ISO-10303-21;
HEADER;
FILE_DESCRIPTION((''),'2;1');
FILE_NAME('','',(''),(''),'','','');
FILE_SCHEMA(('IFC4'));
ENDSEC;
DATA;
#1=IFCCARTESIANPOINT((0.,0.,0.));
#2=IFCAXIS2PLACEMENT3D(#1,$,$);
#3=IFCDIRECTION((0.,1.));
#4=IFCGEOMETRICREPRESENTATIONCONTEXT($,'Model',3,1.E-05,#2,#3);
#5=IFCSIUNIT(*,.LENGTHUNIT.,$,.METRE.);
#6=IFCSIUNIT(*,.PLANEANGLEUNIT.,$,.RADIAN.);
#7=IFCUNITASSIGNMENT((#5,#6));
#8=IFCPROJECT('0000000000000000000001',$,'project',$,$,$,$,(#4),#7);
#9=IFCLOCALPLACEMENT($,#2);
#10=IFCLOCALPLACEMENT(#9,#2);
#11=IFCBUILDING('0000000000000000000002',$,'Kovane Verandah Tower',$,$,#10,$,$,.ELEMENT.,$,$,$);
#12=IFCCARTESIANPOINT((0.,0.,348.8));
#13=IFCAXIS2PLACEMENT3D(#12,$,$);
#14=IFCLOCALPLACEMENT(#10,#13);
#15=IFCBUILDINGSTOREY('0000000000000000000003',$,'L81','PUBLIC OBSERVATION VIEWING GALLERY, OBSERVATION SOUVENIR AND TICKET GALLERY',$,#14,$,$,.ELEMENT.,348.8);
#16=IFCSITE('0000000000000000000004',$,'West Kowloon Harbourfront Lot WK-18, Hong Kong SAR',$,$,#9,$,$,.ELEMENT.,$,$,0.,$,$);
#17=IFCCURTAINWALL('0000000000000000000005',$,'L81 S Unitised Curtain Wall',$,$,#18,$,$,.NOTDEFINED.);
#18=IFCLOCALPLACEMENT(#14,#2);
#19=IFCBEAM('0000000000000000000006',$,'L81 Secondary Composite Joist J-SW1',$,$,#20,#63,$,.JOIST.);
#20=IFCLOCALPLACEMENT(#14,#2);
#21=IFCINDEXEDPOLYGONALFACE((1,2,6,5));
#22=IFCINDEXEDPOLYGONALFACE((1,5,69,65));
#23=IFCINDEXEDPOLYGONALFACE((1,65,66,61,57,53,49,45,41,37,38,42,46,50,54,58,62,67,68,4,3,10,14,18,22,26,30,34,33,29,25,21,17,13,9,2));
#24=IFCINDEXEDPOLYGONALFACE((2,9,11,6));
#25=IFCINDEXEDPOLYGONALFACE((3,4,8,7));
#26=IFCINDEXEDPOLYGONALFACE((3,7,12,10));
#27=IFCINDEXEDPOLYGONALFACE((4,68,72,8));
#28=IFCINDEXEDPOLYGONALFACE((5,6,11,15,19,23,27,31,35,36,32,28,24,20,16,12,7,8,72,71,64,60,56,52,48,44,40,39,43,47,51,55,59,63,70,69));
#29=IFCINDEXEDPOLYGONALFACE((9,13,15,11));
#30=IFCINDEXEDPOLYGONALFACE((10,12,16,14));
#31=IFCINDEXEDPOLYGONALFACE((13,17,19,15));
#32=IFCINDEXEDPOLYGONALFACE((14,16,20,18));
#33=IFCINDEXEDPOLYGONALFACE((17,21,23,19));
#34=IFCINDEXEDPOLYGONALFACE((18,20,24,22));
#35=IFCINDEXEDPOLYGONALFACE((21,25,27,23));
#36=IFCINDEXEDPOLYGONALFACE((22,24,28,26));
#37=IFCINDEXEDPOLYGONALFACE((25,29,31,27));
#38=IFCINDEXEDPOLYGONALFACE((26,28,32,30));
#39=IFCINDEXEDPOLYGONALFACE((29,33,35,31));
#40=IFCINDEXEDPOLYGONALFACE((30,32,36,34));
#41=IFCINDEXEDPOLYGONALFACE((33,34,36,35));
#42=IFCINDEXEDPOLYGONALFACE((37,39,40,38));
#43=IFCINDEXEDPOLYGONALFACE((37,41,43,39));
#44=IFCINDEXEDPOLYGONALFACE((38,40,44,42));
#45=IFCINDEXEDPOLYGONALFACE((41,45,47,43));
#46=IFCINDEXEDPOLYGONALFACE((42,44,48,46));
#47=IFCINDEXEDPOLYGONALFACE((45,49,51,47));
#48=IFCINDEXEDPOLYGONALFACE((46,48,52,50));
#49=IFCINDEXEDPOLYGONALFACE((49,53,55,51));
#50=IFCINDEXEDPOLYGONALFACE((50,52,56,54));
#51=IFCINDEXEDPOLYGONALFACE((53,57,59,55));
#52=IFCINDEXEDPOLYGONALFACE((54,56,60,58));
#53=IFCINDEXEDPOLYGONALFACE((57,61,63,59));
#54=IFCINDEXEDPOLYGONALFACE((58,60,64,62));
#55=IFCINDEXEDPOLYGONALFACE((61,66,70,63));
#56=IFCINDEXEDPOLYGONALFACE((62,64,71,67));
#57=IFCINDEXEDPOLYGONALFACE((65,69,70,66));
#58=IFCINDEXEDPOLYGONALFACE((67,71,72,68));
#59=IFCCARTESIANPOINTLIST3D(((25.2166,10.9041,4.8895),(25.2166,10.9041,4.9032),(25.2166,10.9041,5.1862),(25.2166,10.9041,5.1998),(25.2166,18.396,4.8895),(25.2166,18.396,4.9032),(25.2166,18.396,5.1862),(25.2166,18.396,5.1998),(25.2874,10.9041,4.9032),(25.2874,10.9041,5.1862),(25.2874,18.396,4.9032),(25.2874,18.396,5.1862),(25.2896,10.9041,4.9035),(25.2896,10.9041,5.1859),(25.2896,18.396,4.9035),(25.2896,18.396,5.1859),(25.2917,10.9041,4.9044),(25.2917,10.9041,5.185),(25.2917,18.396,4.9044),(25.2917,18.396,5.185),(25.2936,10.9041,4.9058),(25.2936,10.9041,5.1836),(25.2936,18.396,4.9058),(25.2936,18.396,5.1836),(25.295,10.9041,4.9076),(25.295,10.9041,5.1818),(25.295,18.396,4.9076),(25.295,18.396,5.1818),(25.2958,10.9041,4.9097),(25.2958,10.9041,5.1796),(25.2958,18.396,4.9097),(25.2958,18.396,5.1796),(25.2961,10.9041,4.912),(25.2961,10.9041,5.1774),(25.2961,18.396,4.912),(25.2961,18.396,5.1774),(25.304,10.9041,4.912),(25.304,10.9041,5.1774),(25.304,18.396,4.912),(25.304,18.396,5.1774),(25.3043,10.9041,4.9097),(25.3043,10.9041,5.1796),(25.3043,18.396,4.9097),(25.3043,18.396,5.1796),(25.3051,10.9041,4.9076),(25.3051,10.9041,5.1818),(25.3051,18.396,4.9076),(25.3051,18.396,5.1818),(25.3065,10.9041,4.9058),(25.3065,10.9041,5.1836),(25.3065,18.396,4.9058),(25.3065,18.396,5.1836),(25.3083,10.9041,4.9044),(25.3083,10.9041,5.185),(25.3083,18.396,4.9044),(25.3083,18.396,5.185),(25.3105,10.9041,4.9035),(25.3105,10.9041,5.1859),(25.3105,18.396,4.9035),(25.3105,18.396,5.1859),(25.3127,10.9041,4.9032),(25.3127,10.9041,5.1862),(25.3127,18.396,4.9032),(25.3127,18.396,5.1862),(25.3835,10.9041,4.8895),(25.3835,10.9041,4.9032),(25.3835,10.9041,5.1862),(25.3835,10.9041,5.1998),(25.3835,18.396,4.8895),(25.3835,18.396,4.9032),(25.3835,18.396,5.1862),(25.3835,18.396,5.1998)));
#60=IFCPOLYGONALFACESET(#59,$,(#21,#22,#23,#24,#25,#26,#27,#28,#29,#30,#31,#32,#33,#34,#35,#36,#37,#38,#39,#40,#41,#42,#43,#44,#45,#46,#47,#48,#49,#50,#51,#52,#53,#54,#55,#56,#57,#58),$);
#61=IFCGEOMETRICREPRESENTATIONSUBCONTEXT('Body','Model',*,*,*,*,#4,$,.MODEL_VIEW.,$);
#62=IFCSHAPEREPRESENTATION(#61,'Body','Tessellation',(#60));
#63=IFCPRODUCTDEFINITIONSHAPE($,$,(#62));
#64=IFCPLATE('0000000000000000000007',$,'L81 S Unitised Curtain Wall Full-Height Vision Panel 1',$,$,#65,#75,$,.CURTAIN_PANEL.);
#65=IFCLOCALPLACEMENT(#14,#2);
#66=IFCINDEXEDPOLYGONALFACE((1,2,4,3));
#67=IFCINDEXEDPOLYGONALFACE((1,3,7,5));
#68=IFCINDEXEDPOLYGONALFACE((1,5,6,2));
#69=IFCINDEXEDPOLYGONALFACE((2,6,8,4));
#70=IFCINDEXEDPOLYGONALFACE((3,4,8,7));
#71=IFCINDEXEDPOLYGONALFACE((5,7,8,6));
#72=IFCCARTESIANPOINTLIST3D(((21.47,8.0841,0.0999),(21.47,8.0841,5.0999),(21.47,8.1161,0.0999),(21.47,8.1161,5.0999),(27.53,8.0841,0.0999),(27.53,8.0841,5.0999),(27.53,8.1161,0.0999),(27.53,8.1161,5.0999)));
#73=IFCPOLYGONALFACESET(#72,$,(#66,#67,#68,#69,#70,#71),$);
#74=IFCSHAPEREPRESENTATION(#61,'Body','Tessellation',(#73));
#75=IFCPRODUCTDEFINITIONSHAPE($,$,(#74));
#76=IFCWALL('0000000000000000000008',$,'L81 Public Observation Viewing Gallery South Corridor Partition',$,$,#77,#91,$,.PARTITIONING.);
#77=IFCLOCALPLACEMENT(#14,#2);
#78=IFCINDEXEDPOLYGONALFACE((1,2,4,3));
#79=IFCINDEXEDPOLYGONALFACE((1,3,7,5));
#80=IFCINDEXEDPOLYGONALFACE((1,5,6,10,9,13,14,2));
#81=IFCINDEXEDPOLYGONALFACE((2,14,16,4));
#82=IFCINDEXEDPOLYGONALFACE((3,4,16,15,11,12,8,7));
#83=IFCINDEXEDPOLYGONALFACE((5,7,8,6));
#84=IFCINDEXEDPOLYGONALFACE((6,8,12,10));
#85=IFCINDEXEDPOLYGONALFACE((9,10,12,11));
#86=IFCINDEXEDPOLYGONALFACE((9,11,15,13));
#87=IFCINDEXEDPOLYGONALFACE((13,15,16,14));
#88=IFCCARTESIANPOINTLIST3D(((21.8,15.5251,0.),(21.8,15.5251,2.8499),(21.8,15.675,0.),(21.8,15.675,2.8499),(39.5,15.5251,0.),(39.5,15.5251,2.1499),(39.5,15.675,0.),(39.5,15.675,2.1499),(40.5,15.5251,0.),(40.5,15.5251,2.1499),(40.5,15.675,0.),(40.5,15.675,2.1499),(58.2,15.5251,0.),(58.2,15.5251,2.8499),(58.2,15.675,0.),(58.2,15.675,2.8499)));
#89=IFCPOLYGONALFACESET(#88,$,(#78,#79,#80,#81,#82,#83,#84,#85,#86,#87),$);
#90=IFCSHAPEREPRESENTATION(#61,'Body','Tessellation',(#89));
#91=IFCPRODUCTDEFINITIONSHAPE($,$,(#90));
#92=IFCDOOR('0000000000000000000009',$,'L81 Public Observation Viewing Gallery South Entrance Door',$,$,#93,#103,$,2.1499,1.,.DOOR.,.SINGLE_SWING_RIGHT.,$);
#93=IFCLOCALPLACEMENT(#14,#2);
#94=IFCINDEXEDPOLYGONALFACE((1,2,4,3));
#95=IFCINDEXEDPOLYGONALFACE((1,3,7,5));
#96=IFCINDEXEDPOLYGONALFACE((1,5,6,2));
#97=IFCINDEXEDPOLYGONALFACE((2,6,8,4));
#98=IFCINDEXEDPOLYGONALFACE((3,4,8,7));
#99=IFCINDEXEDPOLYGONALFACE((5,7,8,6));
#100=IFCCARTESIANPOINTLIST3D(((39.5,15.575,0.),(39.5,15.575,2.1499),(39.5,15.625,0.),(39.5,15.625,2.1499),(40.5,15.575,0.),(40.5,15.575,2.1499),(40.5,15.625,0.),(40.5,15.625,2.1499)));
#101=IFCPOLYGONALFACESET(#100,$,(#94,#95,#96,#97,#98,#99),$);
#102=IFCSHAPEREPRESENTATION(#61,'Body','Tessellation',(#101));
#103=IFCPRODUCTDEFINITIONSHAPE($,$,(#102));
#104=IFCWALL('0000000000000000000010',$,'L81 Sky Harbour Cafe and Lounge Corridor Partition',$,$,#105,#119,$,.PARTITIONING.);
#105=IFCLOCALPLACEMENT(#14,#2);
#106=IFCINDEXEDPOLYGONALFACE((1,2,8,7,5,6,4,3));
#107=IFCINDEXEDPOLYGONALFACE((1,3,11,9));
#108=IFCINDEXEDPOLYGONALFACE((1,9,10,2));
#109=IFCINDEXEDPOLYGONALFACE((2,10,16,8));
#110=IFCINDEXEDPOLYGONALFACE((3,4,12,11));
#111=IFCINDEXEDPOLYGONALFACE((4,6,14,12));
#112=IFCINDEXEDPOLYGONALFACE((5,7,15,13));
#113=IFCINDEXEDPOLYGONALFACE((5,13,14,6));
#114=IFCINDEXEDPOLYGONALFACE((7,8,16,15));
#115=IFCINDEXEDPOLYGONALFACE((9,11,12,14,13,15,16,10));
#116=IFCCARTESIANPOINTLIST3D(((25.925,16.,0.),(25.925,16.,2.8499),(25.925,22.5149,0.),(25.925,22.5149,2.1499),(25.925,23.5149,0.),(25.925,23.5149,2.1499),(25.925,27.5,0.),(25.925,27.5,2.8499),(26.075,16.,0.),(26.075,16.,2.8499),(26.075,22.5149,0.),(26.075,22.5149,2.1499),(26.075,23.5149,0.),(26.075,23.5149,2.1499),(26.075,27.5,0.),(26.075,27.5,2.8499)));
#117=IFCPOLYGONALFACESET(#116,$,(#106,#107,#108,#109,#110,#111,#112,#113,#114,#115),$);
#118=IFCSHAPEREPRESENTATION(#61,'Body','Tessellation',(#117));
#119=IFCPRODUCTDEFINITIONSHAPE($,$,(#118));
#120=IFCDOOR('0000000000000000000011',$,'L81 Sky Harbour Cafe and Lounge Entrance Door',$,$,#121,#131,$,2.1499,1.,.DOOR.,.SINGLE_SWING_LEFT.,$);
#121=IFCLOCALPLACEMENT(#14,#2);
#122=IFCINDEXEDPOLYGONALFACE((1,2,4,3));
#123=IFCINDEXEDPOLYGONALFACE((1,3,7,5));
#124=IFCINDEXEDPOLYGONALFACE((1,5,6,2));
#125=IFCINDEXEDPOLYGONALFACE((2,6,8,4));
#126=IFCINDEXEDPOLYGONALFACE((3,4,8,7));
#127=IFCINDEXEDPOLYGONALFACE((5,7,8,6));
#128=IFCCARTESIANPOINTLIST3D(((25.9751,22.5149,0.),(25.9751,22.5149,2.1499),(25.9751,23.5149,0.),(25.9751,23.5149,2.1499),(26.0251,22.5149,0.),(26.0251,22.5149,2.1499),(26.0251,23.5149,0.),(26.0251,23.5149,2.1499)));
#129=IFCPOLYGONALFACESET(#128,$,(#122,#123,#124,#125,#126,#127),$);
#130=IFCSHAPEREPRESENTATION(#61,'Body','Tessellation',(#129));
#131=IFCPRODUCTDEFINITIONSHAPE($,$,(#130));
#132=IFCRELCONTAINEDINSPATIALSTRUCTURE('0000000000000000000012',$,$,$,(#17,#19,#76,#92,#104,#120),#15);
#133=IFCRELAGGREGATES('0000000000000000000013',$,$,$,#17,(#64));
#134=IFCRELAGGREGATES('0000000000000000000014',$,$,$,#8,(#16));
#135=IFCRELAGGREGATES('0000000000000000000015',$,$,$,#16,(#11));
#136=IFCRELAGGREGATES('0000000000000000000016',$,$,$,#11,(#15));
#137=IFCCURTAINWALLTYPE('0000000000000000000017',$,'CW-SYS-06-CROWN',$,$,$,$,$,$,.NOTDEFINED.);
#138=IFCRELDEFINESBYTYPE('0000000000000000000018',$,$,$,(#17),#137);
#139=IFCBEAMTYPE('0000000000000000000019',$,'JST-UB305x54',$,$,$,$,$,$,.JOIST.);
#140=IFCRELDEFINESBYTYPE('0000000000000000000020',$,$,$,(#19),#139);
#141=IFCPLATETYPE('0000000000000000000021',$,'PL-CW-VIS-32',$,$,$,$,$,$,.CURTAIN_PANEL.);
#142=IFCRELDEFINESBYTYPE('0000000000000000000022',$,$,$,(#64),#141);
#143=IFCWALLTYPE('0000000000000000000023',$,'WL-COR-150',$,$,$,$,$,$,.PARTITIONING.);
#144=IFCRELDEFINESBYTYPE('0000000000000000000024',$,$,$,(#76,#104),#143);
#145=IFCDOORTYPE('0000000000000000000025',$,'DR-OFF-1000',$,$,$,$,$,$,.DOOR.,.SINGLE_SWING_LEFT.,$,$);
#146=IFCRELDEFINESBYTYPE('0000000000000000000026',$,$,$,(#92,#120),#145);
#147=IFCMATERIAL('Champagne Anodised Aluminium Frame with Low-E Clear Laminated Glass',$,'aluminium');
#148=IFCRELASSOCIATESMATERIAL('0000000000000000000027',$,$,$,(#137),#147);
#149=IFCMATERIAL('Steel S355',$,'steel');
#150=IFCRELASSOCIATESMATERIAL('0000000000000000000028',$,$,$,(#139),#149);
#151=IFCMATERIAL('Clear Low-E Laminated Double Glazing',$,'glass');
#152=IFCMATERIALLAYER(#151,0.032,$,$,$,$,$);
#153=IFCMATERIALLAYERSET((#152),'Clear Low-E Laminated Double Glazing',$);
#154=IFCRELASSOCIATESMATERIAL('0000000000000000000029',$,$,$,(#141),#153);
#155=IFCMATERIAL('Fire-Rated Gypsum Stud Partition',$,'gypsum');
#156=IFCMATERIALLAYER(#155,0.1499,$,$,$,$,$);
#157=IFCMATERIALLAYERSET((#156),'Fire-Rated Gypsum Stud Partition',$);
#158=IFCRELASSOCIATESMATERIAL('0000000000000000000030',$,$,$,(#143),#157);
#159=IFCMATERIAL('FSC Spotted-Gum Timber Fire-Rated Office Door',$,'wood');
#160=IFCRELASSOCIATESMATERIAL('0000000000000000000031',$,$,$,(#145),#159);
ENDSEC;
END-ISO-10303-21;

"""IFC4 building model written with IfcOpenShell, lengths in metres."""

from ifc_helpers import new_model, si_unit, direction, frame, frame_2d, origin, origin_2d, place, context, subcontext, project, spatial, rectangle, i_section, extrude, material, layer, layer_set, material_profile, profile_set, type_object, element, fill, aggregate, save


model = new_model("IFC4")

# Units and contexts
model_context = context("Model", 3, precision=1e-05, world=origin(), true_north=direction((0.0, 1.0)))
body_context = subcontext(model_context, "Body", "Model", "MODEL_VIEW")
ifc_project = project(units=[si_unit("LENGTHUNIT", "METRE"), si_unit("PLANEANGLEUNIT", "RADIAN")], contexts=[model_context])

# Site, building, storey
site_placement = place(None, origin())
site = spatial("IfcSite", under=ifc_project, at=site_placement, Name="West Kowloon Harbourfront Lot WK-18, Hong Kong SAR", CompositionType="ELEMENT", RefElevation=0.0)
building_placement = place(site_placement, origin())
building = spatial("IfcBuilding", under=site, at=building_placement, Name="Kovane Verandah Tower", CompositionType="ELEMENT")
storey_placement = place(building_placement, frame((0.0, 0.0, 348.8)))
storey = spatial("IfcBuildingStorey", under=building, at=storey_placement, Name="L81", Description="PUBLIC OBSERVATION VIEWING GALLERY, OBSERVATION SOUVENIR AND TICKET GALLERY", CompositionType="ELEMENT", Elevation=348.8)

# Shared definitions
ifc_material_1 = material(Name="Steel S355", Category="steel")

# Curtain wall
ifc_material_2 = material(Name="Champagne Anodised Aluminium Frame with Low-E Clear Laminated Glass", Category="aluminium")
curtain_wall_type = type_object("IfcCurtainWallType", Name="CW-SYS-06-CROWN", PredefinedType="NOTDEFINED", material=ifc_material_2)
curtain_wall_placement = place(storey_placement, origin())
curtain_wall = element("IfcCurtainWall", 1, at=curtain_wall_placement, inside=storey, type_object=curtain_wall_type, Name="L81 S Unitised Curtain Wall", PredefinedType="NOTDEFINED")

# Beam
ifc_material_profile_1 = material_profile(ifc_material_1, i_section(OverallWidth=0.167, OverallDepth=0.3103, WebThickness=0.0078, FlangeThickness=0.0137, FilletRadius=0.0088, at=origin_2d()), Name="UB305x165x54")
ifc_profile_set_1 = profile_set([ifc_material_profile_1], Name="Steel S355")
beam_type_1 = type_object("IfcBeamType", Name="JST-UB305x54", PredefinedType="JOIST", material=ifc_profile_set_1)
beam_1_placement = place(storey_placement, frame((25.3, 10.9041, 5.0447), z_axis=(0.0, 1.0, 0.0), x_axis=(-1.0, 0.0, 0.0)))
element("IfcBeam", 2, at=beam_1_placement, inside=storey, type_object=beam_type_1, Name="L81 Secondary Composite Joist J-SW1", PredefinedType="JOIST", context=body_context, shape_type="SweptSolid", body=[
    extrude(i_section(OverallWidth=0.167, OverallDepth=0.3103, WebThickness=0.0078, FlangeThickness=0.0137, FilletRadius=0.0088, at=origin_2d()), origin(), (0.0, 0.0, 1.0), 7.4919),
])

# Plate
ifc_material_3 = material(Name="Clear Low-E Laminated Double Glazing", Category="glass")
ifc_layer_1 = layer(ifc_material_3, 0.032)
ifc_layer_set_1 = layer_set([ifc_layer_1], Name="Clear Low-E Laminated Double Glazing")
plate_type = type_object("IfcPlateType", Name="PL-CW-VIS-32", PredefinedType="CURTAIN_PANEL", material=ifc_layer_set_1)
plate_placement = place(storey_placement, frame((24.5, 8.1001, 0.0999), z_axis=(0.0, 0.0, 1.0), x_axis=(1.0, 0.0, 0.0)))
plate = element("IfcPlate", 3, at=plate_placement, type_object=plate_type, Name="L81 S Unitised Curtain Wall Full-Height Vision Panel 1", PredefinedType="CURTAIN_PANEL", context=body_context, shape_type="SweptSolid", body=[
    extrude(rectangle(XDim=6.0601, YDim=0.032, at=origin_2d()), origin(), (0.0, 0.0, 1.0), 5.0),
])
aggregate(curtain_wall, [plate])

# Walls, openings, doors
ifc_material_4 = material(Name="Fire-Rated Gypsum Stud Partition", Category="gypsum")
ifc_layer_2 = layer(ifc_material_4, 0.1499)
ifc_layer_set_2 = layer_set([ifc_layer_2], Name="Fire-Rated Gypsum Stud Partition")
wall_type = type_object("IfcWallType", Name="WL-COR-150", PredefinedType="PARTITIONING", material=ifc_layer_set_2)
wall_1_placement = place(storey_placement, frame((21.8, 15.6001, 0.0), z_axis=(0.0, 0.0, 1.0), x_axis=(1.0, 0.0, 0.0)))
wall_1 = element("IfcWall", 4, at=wall_1_placement, inside=storey, type_object=wall_type, Name="L81 Public Observation Viewing Gallery South Corridor Partition", PredefinedType="PARTITIONING", context=body_context, shape_type="SweptSolid", body=[
    extrude(rectangle(XDim=36.3999, YDim=0.1499, at=frame_2d((18.2, 0.0))), origin(), (0.0, 0.0, 1.0), 2.8499),
])
opening_1_placement = place(wall_1_placement, frame((17.7, 0.0, 0.0)))
opening_1 = element("IfcOpeningElement", 5, at=opening_1_placement, cuts=wall_1, PredefinedType="OPENING", context=body_context, shape_type="SweptSolid", body=[
    extrude(rectangle(XDim=1.0, YDim=2.1499, at=frame_2d((0.5, 1.075))), frame((0.0, 0.075, 0.0), z_axis=(0.0, -1.0, 0.0), x_axis=(1.0, 0.0, 0.0)), (0.0, 0.0, 1.0), 0.1499),
])
ifc_material_5 = material(Name="FSC Spotted-Gum Timber Fire-Rated Office Door", Category="wood")
door_type = type_object("IfcDoorType", Name="DR-OFF-1000", OperationType="SINGLE_SWING_LEFT", PredefinedType="DOOR", material=ifc_material_5)
door_1_placement = place(opening_1_placement, origin())
door_1 = element("IfcDoor", 6, at=door_1_placement, inside=storey, type_object=door_type, Name="L81 Public Observation Viewing Gallery South Entrance Door", OperationType="SINGLE_SWING_RIGHT", OverallHeight=2.1499, OverallWidth=1.0, PredefinedType="DOOR", context=body_context, shape_type="SweptSolid", body=[
    extrude(rectangle(XDim=1.0, YDim=2.1499, at=frame_2d((0.5, 1.075))), frame((0.0, 0.0249, 0.0), z_axis=(0.0, -1.0, 0.0), x_axis=(1.0, 0.0, 0.0)), (0.0, 0.0, 1.0), 0.05),
])
fill(opening_1, door_1)
wall_2_placement = place(storey_placement, frame((26.0, 16.0, 0.0), z_axis=(0.0, 0.0, 1.0), x_axis=(0.0, 1.0, 0.0)))
wall_2 = element("IfcWall", 7, at=wall_2_placement, inside=storey, type_object=wall_type, Name="L81 Sky Harbour Cafe and Lounge Corridor Partition", PredefinedType="PARTITIONING", context=body_context, shape_type="SweptSolid", body=[
    extrude(rectangle(XDim=11.5, YDim=0.1499, at=frame_2d((5.75, 0.0))), origin(), (0.0, 0.0, 1.0), 2.8499),
])
opening_2_placement = place(wall_2_placement, frame((6.5149, 0.0, 0.0)))
opening_2 = element("IfcOpeningElement", 8, at=opening_2_placement, cuts=wall_2, PredefinedType="OPENING", context=body_context, shape_type="SweptSolid", body=[
    extrude(rectangle(XDim=1.0, YDim=2.1499, at=frame_2d((0.5, 1.075))), frame((0.0, 0.075, 0.0), z_axis=(0.0, -1.0, 0.0), x_axis=(1.0, 0.0, 0.0)), (0.0, 0.0, 1.0), 0.1499),
])
door_2_placement = place(opening_2_placement, origin())
door_2 = element("IfcDoor", 9, at=door_2_placement, inside=storey, type_object=door_type, Name="L81 Sky Harbour Cafe and Lounge Entrance Door", OperationType="SINGLE_SWING_LEFT", OverallHeight=2.1499, OverallWidth=1.0, PredefinedType="DOOR", context=body_context, shape_type="SweptSolid", body=[
    extrude(rectangle(XDim=1.0, YDim=2.1499, at=frame_2d((0.5, 1.075))), frame((0.0, 0.0249, 0.0), z_axis=(0.0, -1.0, 0.0), x_axis=(1.0, 0.0, 0.0)), (0.0, 0.0, 1.0), 0.05),
])
fill(opening_2, door_2)

save(model, "model.ifc")
